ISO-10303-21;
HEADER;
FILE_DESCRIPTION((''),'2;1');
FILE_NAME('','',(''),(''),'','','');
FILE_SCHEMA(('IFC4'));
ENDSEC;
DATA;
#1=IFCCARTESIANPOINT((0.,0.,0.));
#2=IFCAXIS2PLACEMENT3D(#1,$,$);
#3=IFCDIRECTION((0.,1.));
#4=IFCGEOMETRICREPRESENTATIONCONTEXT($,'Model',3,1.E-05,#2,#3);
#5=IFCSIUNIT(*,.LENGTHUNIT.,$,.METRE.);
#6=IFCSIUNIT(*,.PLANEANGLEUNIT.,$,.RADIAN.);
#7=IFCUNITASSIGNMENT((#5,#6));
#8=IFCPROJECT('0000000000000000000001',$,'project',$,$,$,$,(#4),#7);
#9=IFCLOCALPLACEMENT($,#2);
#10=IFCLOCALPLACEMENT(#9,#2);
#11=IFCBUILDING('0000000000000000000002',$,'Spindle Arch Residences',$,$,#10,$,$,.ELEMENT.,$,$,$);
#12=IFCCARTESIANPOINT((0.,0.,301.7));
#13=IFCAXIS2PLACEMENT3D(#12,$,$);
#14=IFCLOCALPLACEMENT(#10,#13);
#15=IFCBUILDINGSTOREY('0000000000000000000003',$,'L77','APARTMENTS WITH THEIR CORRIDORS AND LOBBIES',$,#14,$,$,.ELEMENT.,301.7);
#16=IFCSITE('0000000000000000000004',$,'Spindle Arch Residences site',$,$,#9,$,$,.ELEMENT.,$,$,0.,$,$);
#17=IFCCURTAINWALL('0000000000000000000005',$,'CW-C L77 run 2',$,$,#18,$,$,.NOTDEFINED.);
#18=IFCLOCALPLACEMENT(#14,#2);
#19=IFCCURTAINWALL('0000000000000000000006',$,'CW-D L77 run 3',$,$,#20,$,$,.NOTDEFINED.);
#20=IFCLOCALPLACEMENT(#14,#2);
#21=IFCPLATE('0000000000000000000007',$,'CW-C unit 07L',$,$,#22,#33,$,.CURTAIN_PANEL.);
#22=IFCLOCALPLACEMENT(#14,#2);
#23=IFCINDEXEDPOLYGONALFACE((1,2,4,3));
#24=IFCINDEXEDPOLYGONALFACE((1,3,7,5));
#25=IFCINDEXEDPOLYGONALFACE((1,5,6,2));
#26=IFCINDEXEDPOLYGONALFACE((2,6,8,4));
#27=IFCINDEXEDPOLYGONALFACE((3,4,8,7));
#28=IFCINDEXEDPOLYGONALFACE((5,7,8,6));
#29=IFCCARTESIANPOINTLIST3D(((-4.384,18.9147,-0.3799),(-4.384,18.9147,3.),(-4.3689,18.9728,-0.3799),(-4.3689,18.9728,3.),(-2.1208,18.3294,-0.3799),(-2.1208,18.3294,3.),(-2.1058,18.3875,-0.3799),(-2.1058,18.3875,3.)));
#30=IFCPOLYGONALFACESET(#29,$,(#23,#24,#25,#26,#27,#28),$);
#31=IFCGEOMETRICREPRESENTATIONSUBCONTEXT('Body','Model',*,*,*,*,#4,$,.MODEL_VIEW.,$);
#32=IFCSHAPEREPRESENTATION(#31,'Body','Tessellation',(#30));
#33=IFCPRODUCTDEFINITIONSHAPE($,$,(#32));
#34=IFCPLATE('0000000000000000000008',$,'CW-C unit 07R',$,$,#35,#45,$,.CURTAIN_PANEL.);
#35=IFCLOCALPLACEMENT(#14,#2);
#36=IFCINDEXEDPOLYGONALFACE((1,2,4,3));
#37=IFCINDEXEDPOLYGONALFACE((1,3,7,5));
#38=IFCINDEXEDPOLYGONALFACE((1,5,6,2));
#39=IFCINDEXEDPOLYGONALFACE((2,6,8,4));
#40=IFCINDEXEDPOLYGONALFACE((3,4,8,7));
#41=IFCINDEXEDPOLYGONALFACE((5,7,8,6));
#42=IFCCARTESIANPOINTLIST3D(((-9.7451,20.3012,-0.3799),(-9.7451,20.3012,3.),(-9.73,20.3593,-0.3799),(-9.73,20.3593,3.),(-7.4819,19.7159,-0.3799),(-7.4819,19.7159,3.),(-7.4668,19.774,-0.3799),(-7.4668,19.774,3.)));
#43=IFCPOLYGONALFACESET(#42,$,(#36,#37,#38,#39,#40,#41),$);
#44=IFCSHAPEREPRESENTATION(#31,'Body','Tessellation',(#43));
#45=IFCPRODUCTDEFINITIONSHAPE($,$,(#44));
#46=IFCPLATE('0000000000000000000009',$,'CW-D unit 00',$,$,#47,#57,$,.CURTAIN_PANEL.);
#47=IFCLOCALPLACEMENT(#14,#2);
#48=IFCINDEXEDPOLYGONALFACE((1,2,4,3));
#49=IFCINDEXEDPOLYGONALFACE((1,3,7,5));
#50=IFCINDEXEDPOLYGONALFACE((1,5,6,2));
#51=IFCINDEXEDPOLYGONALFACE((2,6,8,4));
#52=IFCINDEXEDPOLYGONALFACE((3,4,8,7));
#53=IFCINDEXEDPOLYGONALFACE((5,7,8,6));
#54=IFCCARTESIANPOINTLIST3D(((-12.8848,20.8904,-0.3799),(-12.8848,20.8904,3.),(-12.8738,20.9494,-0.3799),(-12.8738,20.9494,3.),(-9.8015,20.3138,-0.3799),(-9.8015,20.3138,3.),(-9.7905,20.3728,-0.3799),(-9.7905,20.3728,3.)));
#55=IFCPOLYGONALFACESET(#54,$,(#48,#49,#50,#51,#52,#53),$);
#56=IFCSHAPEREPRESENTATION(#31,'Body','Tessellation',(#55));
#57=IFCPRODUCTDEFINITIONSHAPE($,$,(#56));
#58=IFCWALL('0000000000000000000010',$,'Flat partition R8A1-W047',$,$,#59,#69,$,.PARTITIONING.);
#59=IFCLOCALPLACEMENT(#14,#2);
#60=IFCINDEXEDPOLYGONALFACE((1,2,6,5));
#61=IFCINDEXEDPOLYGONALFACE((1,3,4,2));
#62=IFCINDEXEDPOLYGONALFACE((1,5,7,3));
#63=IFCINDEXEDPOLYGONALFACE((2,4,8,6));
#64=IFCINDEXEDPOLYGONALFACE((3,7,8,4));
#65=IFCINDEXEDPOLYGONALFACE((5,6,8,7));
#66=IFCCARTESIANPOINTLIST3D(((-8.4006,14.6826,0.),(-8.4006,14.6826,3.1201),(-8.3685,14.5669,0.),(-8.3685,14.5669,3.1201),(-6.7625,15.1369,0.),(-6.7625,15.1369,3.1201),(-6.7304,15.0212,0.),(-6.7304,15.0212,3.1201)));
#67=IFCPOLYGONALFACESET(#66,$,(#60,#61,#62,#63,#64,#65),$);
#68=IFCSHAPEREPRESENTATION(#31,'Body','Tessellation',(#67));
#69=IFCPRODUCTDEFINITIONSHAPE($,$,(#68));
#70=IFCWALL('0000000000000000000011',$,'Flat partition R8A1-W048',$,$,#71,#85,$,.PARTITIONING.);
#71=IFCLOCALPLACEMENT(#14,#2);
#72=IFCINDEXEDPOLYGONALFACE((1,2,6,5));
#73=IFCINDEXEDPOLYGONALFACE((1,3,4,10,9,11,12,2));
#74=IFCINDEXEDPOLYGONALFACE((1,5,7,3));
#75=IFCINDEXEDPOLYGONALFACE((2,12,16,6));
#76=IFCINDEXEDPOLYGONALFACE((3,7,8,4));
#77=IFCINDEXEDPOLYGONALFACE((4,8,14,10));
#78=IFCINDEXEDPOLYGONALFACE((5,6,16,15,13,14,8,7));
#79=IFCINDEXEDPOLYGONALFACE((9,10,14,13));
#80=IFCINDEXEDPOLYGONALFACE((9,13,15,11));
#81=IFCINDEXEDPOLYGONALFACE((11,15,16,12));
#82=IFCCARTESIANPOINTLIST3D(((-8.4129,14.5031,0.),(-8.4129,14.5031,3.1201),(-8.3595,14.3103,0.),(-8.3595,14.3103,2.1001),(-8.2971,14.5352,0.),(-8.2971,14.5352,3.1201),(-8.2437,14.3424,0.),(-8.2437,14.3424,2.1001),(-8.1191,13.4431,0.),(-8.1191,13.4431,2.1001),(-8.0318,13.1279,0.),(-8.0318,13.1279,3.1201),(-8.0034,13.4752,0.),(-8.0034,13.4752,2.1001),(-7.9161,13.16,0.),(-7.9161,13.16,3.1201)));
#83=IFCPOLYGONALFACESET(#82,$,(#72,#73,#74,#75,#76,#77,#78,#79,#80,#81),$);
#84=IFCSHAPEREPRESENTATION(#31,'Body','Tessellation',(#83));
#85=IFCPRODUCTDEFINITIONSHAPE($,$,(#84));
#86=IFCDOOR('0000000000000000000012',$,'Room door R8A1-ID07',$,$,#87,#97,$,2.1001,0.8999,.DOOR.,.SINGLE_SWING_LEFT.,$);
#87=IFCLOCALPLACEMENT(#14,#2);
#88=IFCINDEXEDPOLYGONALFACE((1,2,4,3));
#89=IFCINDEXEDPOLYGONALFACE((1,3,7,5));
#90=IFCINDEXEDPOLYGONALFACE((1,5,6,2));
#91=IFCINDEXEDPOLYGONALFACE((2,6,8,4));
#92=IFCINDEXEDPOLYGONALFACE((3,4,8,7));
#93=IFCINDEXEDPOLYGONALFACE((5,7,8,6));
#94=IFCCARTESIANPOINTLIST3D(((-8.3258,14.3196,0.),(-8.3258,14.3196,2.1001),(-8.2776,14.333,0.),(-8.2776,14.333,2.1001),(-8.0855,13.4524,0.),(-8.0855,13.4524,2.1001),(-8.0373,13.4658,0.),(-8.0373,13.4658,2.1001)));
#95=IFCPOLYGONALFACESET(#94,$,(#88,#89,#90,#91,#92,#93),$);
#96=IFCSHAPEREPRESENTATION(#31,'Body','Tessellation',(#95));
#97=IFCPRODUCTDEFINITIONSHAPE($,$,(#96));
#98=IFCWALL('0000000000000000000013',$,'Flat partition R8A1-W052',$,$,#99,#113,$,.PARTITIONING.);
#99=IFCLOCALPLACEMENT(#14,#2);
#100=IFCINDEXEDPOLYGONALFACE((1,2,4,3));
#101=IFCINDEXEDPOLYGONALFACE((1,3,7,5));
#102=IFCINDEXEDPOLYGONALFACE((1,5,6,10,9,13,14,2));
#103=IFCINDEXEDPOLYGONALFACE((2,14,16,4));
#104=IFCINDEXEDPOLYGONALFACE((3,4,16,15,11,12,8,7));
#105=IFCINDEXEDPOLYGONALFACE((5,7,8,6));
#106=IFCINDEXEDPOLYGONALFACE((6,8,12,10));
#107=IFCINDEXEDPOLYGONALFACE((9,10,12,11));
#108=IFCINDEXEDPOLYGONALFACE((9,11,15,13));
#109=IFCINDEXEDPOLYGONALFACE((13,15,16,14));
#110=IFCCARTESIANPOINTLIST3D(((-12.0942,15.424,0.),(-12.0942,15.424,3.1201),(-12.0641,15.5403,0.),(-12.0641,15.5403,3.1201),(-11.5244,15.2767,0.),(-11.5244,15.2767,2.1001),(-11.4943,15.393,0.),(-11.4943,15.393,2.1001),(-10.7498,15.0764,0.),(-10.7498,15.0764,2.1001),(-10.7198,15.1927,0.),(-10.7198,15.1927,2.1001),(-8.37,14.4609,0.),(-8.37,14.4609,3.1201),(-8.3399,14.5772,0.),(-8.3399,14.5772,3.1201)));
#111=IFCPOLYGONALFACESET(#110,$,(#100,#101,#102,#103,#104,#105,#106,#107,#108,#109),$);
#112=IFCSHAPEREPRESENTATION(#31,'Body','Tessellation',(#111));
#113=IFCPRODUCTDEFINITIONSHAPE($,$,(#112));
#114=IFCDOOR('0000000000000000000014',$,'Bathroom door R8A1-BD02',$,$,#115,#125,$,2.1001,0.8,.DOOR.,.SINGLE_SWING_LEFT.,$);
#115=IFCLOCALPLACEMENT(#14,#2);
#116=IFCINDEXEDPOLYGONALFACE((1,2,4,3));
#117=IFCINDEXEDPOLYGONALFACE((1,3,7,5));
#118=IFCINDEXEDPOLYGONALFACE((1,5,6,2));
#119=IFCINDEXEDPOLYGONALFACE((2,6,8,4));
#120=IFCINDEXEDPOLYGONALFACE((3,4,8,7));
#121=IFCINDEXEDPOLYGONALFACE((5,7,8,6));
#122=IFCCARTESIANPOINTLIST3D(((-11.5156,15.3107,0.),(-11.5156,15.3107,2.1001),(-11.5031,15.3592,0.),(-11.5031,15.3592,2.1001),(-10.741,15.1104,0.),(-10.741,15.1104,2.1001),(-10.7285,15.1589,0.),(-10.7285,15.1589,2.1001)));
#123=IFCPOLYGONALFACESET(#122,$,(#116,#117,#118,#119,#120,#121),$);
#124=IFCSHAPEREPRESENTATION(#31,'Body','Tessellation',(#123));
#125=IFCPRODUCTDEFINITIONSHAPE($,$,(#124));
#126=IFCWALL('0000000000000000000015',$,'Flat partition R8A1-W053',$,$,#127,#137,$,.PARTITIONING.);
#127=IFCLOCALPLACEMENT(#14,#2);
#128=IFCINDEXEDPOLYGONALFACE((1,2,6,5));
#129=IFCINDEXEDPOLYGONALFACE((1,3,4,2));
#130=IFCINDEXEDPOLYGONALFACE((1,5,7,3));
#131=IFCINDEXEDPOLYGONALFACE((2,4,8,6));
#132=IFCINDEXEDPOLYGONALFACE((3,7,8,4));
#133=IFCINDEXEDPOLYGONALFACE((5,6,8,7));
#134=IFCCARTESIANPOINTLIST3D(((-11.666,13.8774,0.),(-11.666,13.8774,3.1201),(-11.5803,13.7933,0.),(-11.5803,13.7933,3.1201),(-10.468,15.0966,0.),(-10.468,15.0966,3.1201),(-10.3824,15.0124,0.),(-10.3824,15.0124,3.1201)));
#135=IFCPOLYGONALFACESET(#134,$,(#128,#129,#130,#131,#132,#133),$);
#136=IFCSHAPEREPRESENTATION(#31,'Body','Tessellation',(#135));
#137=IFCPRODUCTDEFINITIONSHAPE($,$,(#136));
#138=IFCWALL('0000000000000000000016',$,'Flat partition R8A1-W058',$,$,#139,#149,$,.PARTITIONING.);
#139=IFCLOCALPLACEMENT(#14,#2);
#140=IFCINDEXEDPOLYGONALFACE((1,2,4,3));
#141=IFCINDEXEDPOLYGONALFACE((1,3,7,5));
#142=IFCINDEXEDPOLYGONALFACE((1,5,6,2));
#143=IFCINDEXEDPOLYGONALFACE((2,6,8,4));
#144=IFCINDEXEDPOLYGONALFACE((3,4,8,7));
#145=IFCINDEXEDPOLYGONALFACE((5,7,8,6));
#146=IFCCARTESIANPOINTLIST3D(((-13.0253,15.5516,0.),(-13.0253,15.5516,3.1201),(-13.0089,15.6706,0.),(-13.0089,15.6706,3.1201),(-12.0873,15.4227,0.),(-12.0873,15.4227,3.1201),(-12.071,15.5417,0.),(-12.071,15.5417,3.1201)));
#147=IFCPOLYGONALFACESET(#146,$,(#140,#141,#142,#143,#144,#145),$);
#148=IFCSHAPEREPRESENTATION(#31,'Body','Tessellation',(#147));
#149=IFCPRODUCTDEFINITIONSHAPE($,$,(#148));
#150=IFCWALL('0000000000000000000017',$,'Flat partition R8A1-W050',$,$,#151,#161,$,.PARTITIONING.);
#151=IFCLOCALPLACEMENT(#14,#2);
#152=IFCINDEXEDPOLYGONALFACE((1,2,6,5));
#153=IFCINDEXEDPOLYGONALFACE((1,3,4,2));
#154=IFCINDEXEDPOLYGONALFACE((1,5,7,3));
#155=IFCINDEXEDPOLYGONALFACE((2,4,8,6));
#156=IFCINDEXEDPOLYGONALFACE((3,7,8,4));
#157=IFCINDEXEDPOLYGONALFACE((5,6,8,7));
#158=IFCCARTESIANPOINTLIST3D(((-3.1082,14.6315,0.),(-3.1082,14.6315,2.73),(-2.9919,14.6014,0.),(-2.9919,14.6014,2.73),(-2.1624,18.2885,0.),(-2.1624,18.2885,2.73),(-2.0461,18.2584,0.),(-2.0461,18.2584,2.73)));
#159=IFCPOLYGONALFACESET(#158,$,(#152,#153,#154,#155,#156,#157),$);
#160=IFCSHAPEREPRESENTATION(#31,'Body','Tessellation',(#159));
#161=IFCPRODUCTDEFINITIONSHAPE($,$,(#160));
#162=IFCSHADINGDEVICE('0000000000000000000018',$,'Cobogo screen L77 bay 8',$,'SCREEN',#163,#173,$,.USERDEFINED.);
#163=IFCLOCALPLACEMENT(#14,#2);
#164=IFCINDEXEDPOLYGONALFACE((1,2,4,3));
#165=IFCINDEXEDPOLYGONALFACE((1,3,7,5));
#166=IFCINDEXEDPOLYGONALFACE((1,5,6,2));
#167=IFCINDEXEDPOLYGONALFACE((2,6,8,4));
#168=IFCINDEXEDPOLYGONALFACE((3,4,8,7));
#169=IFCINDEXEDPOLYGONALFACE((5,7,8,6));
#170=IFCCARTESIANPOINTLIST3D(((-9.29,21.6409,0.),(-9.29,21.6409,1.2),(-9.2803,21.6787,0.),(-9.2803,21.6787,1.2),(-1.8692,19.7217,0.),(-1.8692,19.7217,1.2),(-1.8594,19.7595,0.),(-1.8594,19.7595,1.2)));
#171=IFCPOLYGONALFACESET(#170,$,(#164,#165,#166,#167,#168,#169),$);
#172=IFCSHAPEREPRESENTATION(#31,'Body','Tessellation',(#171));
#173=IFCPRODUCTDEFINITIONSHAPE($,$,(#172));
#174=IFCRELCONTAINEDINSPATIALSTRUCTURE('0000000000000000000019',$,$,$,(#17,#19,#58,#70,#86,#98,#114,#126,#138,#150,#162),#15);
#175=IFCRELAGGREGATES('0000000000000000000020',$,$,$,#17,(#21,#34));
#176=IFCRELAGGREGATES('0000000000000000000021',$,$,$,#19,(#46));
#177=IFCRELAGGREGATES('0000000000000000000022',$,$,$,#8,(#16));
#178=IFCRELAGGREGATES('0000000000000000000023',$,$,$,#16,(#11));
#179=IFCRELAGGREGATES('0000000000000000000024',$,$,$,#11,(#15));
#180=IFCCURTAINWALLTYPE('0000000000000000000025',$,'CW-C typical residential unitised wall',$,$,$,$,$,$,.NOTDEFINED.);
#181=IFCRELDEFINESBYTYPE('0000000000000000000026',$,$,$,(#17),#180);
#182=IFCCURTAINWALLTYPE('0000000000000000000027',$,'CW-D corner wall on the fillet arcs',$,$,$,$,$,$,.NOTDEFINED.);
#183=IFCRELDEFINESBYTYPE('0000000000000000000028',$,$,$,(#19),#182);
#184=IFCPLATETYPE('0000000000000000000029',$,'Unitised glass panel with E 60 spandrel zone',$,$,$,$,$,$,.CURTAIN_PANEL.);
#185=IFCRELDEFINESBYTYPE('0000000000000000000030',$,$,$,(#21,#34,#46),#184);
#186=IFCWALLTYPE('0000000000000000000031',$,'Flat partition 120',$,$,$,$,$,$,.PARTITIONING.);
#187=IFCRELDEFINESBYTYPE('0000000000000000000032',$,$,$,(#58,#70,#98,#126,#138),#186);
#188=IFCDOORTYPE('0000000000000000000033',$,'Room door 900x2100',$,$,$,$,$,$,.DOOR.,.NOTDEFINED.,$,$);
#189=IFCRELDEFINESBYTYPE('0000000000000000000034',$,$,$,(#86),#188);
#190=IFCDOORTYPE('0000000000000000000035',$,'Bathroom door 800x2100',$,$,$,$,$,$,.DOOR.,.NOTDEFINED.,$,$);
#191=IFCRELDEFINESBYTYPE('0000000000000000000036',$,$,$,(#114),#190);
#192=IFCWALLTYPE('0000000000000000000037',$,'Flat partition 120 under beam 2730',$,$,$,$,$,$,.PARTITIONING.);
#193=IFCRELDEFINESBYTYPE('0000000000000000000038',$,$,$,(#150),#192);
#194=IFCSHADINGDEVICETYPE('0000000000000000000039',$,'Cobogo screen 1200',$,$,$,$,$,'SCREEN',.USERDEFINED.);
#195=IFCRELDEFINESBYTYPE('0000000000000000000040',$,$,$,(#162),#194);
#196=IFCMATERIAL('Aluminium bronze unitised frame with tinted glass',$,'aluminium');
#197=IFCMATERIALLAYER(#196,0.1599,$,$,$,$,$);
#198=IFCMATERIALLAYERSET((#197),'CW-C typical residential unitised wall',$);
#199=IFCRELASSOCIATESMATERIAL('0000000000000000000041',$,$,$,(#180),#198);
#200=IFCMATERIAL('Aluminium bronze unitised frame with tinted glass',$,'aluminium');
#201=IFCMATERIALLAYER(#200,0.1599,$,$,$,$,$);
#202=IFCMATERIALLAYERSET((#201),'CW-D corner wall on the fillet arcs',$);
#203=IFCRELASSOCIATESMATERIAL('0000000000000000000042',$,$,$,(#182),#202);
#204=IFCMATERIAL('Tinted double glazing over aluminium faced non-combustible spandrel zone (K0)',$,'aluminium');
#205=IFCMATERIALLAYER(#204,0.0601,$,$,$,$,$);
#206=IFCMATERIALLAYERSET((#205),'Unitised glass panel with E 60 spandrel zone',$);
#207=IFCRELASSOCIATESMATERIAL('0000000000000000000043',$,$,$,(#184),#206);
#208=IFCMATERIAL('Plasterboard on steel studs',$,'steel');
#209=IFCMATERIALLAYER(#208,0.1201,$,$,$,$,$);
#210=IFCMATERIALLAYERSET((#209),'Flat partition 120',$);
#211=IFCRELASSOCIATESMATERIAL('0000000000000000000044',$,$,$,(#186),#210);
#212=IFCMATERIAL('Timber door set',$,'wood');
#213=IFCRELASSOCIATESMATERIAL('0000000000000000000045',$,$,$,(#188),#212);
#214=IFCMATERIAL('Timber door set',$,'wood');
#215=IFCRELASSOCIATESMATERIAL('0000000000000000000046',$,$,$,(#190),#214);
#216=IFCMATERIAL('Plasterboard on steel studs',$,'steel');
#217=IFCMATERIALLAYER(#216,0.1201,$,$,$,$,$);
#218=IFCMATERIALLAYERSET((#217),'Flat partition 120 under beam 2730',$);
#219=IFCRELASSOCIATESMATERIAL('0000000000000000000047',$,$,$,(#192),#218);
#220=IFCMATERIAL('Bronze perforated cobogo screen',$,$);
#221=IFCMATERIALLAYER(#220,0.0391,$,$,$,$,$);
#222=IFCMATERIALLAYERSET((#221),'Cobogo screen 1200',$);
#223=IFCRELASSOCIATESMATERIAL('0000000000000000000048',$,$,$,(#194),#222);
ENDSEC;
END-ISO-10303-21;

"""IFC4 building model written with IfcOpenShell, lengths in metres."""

from ifc_helpers import new_model, si_unit, direction, frame, frame_2d, origin, origin_2d, place, context, subcontext, project, spatial, rectangle, extrude, material, layer, layer_set, type_object, element, fill, aggregate, save


model = new_model("IFC4")

# Units and contexts
model_context = context("Model", 3, precision=1e-05, world=origin(), true_north=direction((0.0, 1.0)))
body_context = subcontext(model_context, "Body", "Model", "MODEL_VIEW")
ifc_project = project(units=[si_unit("LENGTHUNIT", "METRE"), si_unit("PLANEANGLEUNIT", "RADIAN")], contexts=[model_context])

# Site, building, storey
site_placement = place(None, origin())
site = spatial("IfcSite", under=ifc_project, at=site_placement, Name="Spindle Arch Residences site", CompositionType="ELEMENT", RefElevation=0.0)
building_placement = place(site_placement, origin())
building = spatial("IfcBuilding", under=site, at=building_placement, Name="Spindle Arch Residences", CompositionType="ELEMENT")
storey_placement = place(building_placement, frame((0.0, 0.0, 301.7)))
storey = spatial("IfcBuildingStorey", under=building, at=storey_placement, Name="L77", Description="APARTMENTS WITH THEIR CORRIDORS AND LOBBIES", CompositionType="ELEMENT", Elevation=301.7)

# Curtain wall
ifc_material_1 = material(Name="Aluminium bronze unitised frame with tinted glass", Category="aluminium")
ifc_layer_1 = layer(ifc_material_1, 0.1599)
ifc_layer_set_1 = layer_set([ifc_layer_1], Name="CW-C typical residential unitised wall")
curtain_wall_type_1 = type_object("IfcCurtainWallType", Name="CW-C typical residential unitised wall", PredefinedType="NOTDEFINED", material=ifc_layer_set_1)
curtain_wall_1_placement = place(storey_placement, origin())
curtain_wall_1 = element("IfcCurtainWall", 1, at=curtain_wall_1_placement, inside=storey, type_object=curtain_wall_type_1, Name="CW-C L77 run 2", PredefinedType="NOTDEFINED")

# Curtain wall
ifc_material_2 = material(Name="Aluminium bronze unitised frame with tinted glass", Category="aluminium")
ifc_layer_2 = layer(ifc_material_2, 0.1599)
ifc_layer_set_2 = layer_set([ifc_layer_2], Name="CW-D corner wall on the fillet arcs")
curtain_wall_type_2 = type_object("IfcCurtainWallType", Name="CW-D corner wall on the fillet arcs", PredefinedType="NOTDEFINED", material=ifc_layer_set_2)
curtain_wall_2_placement = place(storey_placement, origin())
curtain_wall_2 = element("IfcCurtainWall", 2, at=curtain_wall_2_placement, inside=storey, type_object=curtain_wall_type_2, Name="CW-D L77 run 3", PredefinedType="NOTDEFINED")

# Plates
ifc_material_3 = material(Name="Tinted double glazing over aluminium faced non-combustible spandrel zone (K0)", Category="aluminium")
ifc_layer_3 = layer(ifc_material_3, 0.0601)
ifc_layer_set_3 = layer_set([ifc_layer_3], Name="Unitised glass panel with E 60 spandrel zone")
plate_type = type_object("IfcPlateType", Name="Unitised glass panel with E 60 spandrel zone", PredefinedType="CURTAIN_PANEL", material=ifc_layer_set_3)
plate_1_placement = place(storey_placement, frame((-3.2449, 18.6511, -0.3799), z_axis=(0.0, 0.0, 1.0), x_axis=(-0.968148, 0.25038, 0.0)))
plate_1 = element("IfcPlate", 3, at=plate_1_placement, type_object=plate_type, Name="CW-C unit 07L", PredefinedType="CURTAIN_PANEL", context=body_context, shape_type="SweptSolid", body=[
    extrude(rectangle(XDim=2.3376, YDim=0.0601, at=origin_2d()), origin(), (0.0, 0.0, 1.0), 3.3799),
])
plate_2_placement = place(storey_placement, frame((-8.606, 20.0376, -0.3799), z_axis=(0.0, 0.0, 1.0), x_axis=(-0.968148, 0.25038, 0.0)))
plate_2 = element("IfcPlate", 4, at=plate_2_placement, type_object=plate_type, Name="CW-C unit 07R", PredefinedType="CURTAIN_PANEL", context=body_context, shape_type="SweptSolid", body=[
    extrude(rectangle(XDim=2.3376, YDim=0.0601, at=origin_2d()), origin(), (0.0, 0.0, 1.0), 3.3799),
])
aggregate(curtain_wall_1, [plate_1, plate_2])
plate_3_placement = place(storey_placement, frame((-11.3376, 20.6316, -0.3799), z_axis=(0.0, 0.0, 1.0), x_axis=(-0.982957, 0.183837, 0.0)))
plate_3 = element("IfcPlate", 5, at=plate_3_placement, type_object=plate_type, Name="CW-D unit 00", PredefinedType="CURTAIN_PANEL", context=body_context, shape_type="SweptSolid", body=[
    extrude(rectangle(XDim=3.1367, YDim=0.0601, at=origin_2d()), origin(), (0.0, 0.0, 1.0), 3.3799),
])
aggregate(curtain_wall_2, [plate_3])

# Wall
ifc_material_4 = material(Name="Plasterboard on steel studs", Category="steel")
ifc_layer_4 = layer(ifc_material_4, 0.1201)
ifc_layer_set_4 = layer_set([ifc_layer_4], Name="Flat partition 120")
wall_type_1 = type_object("IfcWallType", Name="Flat partition 120", PredefinedType="PARTITIONING", material=ifc_layer_set_4)
wall_1_placement = place(storey_placement, frame((-6.7463, 15.0791, 0.0), z_axis=(0.0, 0.0, 1.0), x_axis=(-0.963625, -0.267259, 0.0)))
element("IfcWall", 6, at=wall_1_placement, inside=storey, type_object=wall_type_1, Name="Flat partition R8A1-W047", PredefinedType="PARTITIONING", context=body_context, shape_type="SweptSolid", body=[
    extrude(rectangle(XDim=1.7, YDim=0.1201, at=frame_2d((0.8501, 0.0))), origin(), (0.0, 0.0, 1.0), 3.1201),
])

# Walls, openings, doors
wall_2_placement = place(storey_placement, frame((-8.355, 14.519, 0.0), z_axis=(0.0, 0.0, 1.0), x_axis=(0.267053, -0.963682, 0.0)))
wall_2 = element("IfcWall", 7, at=wall_2_placement, inside=storey, type_object=wall_type_1, Name="Flat partition R8A1-W048", PredefinedType="PARTITIONING", context=body_context, shape_type="SweptSolid", body=[
    extrude(rectangle(XDim=1.427, YDim=0.1201, at=frame_2d((0.7134, 0.0))), origin(), (0.0, 0.0, 1.0), 3.1201),
])
opening_1_placement = place(wall_2_placement, frame((0.2, 0.0, 0.0)))
opening_1 = element("IfcOpeningElement", 8, at=opening_1_placement, cuts=wall_2, PredefinedType="OPENING", context=body_context, shape_type="SweptSolid", body=[
    extrude(rectangle(XDim=0.8999, YDim=2.1001, at=frame_2d((0.45, 1.05))), frame((0.0, 0.0701, 0.0), z_axis=(0.0, -1.0, 0.0), x_axis=(1.0, 0.0, 0.0)), (0.0, 0.0, 1.0), 0.1401),
])
ifc_material_5 = material(Name="Timber door set", Category="wood")
door_type_1 = type_object("IfcDoorType", Name="Room door 900x2100", OperationType="NOTDEFINED", PredefinedType="DOOR", material=ifc_material_5)
door_1_placement = place(opening_1_placement, origin())
door_1 = element("IfcDoor", 9, at=door_1_placement, inside=storey, type_object=door_type_1, Name="Room door R8A1-ID07", OperationType="SINGLE_SWING_LEFT", OverallHeight=2.1001, OverallWidth=0.8999, PredefinedType="DOOR", context=body_context, shape_type="SweptSolid", body=[
    extrude(rectangle(XDim=0.8999, YDim=2.1001, at=frame_2d((0.45, 1.05))), frame((0.0, 0.0249, 0.0), z_axis=(0.0, -1.0, 0.0), x_axis=(1.0, 0.0, 0.0)), (0.0, 0.0, 1.0), 0.05),
])
fill(opening_1, door_1)
wall_3_placement = place(storey_placement, frame((-8.355, 14.519, 0.0), z_axis=(0.0, 0.0, 1.0), x_axis=(-0.968147, 0.250383, 0.0)))
wall_3 = element("IfcWall", 10, at=wall_3_placement, inside=storey, type_object=wall_type_1, Name="Flat partition R8A1-W052", PredefinedType="PARTITIONING", context=body_context, shape_type="SweptSolid", body=[
    extrude(rectangle(XDim=3.8467, YDim=0.1201, at=frame_2d((1.9233, 0.0))), origin(), (0.0, 0.0, 1.0), 3.1201),
])
opening_2_placement = place(wall_3_placement, frame((2.4583, 0.0, 0.0)))
opening_2 = element("IfcOpeningElement", 11, at=opening_2_placement, cuts=wall_3, PredefinedType="OPENING", context=body_context, shape_type="SweptSolid", body=[
    extrude(rectangle(XDim=0.8, YDim=2.1001, at=frame_2d((0.3999, 1.05))), frame((0.0, 0.0701, 0.0), z_axis=(0.0, -1.0, 0.0), x_axis=(1.0, 0.0, 0.0)), (0.0, 0.0, 1.0), 0.1401),
])
ifc_material_6 = material(Name="Timber door set", Category="wood")
door_type_2 = type_object("IfcDoorType", Name="Bathroom door 800x2100", OperationType="NOTDEFINED", PredefinedType="DOOR", material=ifc_material_6)
door_2_placement = place(opening_2_placement, origin())
door_2 = element("IfcDoor", 12, at=door_2_placement, inside=storey, type_object=door_type_2, Name="Bathroom door R8A1-BD02", OperationType="SINGLE_SWING_LEFT", OverallHeight=2.1001, OverallWidth=0.8, PredefinedType="DOOR", context=body_context, shape_type="SweptSolid", body=[
    extrude(rectangle(XDim=0.8, YDim=2.1001, at=frame_2d((0.3999, 1.05))), frame((0.0, 0.0249, 0.0), z_axis=(0.0, -1.0, 0.0), x_axis=(1.0, 0.0, 0.0)), (0.0, 0.0, 1.0), 0.05),
])
fill(opening_2, door_2)

# Walls
wall_4_placement = place(storey_placement, frame((-10.4253, 15.0544, 0.0), z_axis=(0.0, 0.0, 1.0), x_axis=(-0.700866, -0.713293, 0.0)))
element("IfcWall", 13, at=wall_4_placement, inside=storey, type_object=wall_type_1, Name="Flat partition R8A1-W053", PredefinedType="PARTITIONING", context=body_context, shape_type="SweptSolid", body=[
    extrude(rectangle(XDim=1.7092, YDim=0.1201, at=frame_2d((0.8545, 0.0))), origin(), (0.0, 0.0, 1.0), 3.1201),
])
wall_5_placement = place(storey_placement, frame((-13.0171, 15.6111, 0.0), z_axis=(0.0, 0.0, 1.0), x_axis=(0.990688, -0.136149, 0.0)))
element("IfcWall", 14, at=wall_5_placement, inside=storey, type_object=wall_type_1, Name="Flat partition R8A1-W058", PredefinedType="PARTITIONING", context=body_context, shape_type="SweptSolid", body=[
    extrude(rectangle(XDim=0.9468, YDim=0.1201, at=frame_2d((0.4734, 0.0))), origin(), (0.0, 0.0, 1.0), 3.1201),
])
ifc_material_7 = material(Name="Plasterboard on steel studs", Category="steel")
ifc_layer_5 = layer(ifc_material_7, 0.1201)
ifc_layer_set_5 = layer_set([ifc_layer_5], Name="Flat partition 120 under beam 2730")
wall_type_2 = type_object("IfcWallType", Name="Flat partition 120 under beam 2730", PredefinedType="PARTITIONING", material=ifc_layer_set_5)
wall_6_placement = place(storey_placement, frame((-2.1042, 18.2734, 0.0), z_axis=(0.0, 0.0, 1.0), x_axis=(-0.25039, -0.968145, 0.0)))
element("IfcWall", 15, at=wall_6_placement, inside=storey, type_object=wall_type_2, Name="Flat partition R8A1-W050", PredefinedType="PARTITIONING", context=body_context, shape_type="SweptSolid", body=[
    extrude(rectangle(XDim=3.7773, YDim=0.1201, at=frame_2d((1.8887, 0.0))), origin(), (0.0, 0.0, 1.0), 2.73),
])

# Shading device
ifc_material_8 = material(Name="Bronze perforated cobogo screen")
ifc_layer_6 = layer(ifc_material_8, 0.0391)
ifc_layer_set_6 = layer_set([ifc_layer_6], Name="Cobogo screen 1200")
shading_device_type = type_object("IfcShadingDeviceType", Name="Cobogo screen 1200", ElementType="SCREEN", PredefinedType="USERDEFINED", material=ifc_layer_set_6)
shading_device_placement = place(storey_placement, frame((-5.5747, 20.7002, 0.0), z_axis=(0.0, 0.0, 1.0), x_axis=(-0.968148, 0.25038, 0.0)))
element("IfcShadingDevice", 16, at=shading_device_placement, inside=storey, type_object=shading_device_type, Name="Cobogo screen L77 bay 8", ObjectType="SCREEN", PredefinedType="USERDEFINED", context=body_context, shape_type="SweptSolid", body=[
    extrude(rectangle(XDim=7.665, YDim=0.0391, at=origin_2d()), origin(), (0.0, 0.0, 1.0), 1.2),
])

save(model, "model.ifc")
